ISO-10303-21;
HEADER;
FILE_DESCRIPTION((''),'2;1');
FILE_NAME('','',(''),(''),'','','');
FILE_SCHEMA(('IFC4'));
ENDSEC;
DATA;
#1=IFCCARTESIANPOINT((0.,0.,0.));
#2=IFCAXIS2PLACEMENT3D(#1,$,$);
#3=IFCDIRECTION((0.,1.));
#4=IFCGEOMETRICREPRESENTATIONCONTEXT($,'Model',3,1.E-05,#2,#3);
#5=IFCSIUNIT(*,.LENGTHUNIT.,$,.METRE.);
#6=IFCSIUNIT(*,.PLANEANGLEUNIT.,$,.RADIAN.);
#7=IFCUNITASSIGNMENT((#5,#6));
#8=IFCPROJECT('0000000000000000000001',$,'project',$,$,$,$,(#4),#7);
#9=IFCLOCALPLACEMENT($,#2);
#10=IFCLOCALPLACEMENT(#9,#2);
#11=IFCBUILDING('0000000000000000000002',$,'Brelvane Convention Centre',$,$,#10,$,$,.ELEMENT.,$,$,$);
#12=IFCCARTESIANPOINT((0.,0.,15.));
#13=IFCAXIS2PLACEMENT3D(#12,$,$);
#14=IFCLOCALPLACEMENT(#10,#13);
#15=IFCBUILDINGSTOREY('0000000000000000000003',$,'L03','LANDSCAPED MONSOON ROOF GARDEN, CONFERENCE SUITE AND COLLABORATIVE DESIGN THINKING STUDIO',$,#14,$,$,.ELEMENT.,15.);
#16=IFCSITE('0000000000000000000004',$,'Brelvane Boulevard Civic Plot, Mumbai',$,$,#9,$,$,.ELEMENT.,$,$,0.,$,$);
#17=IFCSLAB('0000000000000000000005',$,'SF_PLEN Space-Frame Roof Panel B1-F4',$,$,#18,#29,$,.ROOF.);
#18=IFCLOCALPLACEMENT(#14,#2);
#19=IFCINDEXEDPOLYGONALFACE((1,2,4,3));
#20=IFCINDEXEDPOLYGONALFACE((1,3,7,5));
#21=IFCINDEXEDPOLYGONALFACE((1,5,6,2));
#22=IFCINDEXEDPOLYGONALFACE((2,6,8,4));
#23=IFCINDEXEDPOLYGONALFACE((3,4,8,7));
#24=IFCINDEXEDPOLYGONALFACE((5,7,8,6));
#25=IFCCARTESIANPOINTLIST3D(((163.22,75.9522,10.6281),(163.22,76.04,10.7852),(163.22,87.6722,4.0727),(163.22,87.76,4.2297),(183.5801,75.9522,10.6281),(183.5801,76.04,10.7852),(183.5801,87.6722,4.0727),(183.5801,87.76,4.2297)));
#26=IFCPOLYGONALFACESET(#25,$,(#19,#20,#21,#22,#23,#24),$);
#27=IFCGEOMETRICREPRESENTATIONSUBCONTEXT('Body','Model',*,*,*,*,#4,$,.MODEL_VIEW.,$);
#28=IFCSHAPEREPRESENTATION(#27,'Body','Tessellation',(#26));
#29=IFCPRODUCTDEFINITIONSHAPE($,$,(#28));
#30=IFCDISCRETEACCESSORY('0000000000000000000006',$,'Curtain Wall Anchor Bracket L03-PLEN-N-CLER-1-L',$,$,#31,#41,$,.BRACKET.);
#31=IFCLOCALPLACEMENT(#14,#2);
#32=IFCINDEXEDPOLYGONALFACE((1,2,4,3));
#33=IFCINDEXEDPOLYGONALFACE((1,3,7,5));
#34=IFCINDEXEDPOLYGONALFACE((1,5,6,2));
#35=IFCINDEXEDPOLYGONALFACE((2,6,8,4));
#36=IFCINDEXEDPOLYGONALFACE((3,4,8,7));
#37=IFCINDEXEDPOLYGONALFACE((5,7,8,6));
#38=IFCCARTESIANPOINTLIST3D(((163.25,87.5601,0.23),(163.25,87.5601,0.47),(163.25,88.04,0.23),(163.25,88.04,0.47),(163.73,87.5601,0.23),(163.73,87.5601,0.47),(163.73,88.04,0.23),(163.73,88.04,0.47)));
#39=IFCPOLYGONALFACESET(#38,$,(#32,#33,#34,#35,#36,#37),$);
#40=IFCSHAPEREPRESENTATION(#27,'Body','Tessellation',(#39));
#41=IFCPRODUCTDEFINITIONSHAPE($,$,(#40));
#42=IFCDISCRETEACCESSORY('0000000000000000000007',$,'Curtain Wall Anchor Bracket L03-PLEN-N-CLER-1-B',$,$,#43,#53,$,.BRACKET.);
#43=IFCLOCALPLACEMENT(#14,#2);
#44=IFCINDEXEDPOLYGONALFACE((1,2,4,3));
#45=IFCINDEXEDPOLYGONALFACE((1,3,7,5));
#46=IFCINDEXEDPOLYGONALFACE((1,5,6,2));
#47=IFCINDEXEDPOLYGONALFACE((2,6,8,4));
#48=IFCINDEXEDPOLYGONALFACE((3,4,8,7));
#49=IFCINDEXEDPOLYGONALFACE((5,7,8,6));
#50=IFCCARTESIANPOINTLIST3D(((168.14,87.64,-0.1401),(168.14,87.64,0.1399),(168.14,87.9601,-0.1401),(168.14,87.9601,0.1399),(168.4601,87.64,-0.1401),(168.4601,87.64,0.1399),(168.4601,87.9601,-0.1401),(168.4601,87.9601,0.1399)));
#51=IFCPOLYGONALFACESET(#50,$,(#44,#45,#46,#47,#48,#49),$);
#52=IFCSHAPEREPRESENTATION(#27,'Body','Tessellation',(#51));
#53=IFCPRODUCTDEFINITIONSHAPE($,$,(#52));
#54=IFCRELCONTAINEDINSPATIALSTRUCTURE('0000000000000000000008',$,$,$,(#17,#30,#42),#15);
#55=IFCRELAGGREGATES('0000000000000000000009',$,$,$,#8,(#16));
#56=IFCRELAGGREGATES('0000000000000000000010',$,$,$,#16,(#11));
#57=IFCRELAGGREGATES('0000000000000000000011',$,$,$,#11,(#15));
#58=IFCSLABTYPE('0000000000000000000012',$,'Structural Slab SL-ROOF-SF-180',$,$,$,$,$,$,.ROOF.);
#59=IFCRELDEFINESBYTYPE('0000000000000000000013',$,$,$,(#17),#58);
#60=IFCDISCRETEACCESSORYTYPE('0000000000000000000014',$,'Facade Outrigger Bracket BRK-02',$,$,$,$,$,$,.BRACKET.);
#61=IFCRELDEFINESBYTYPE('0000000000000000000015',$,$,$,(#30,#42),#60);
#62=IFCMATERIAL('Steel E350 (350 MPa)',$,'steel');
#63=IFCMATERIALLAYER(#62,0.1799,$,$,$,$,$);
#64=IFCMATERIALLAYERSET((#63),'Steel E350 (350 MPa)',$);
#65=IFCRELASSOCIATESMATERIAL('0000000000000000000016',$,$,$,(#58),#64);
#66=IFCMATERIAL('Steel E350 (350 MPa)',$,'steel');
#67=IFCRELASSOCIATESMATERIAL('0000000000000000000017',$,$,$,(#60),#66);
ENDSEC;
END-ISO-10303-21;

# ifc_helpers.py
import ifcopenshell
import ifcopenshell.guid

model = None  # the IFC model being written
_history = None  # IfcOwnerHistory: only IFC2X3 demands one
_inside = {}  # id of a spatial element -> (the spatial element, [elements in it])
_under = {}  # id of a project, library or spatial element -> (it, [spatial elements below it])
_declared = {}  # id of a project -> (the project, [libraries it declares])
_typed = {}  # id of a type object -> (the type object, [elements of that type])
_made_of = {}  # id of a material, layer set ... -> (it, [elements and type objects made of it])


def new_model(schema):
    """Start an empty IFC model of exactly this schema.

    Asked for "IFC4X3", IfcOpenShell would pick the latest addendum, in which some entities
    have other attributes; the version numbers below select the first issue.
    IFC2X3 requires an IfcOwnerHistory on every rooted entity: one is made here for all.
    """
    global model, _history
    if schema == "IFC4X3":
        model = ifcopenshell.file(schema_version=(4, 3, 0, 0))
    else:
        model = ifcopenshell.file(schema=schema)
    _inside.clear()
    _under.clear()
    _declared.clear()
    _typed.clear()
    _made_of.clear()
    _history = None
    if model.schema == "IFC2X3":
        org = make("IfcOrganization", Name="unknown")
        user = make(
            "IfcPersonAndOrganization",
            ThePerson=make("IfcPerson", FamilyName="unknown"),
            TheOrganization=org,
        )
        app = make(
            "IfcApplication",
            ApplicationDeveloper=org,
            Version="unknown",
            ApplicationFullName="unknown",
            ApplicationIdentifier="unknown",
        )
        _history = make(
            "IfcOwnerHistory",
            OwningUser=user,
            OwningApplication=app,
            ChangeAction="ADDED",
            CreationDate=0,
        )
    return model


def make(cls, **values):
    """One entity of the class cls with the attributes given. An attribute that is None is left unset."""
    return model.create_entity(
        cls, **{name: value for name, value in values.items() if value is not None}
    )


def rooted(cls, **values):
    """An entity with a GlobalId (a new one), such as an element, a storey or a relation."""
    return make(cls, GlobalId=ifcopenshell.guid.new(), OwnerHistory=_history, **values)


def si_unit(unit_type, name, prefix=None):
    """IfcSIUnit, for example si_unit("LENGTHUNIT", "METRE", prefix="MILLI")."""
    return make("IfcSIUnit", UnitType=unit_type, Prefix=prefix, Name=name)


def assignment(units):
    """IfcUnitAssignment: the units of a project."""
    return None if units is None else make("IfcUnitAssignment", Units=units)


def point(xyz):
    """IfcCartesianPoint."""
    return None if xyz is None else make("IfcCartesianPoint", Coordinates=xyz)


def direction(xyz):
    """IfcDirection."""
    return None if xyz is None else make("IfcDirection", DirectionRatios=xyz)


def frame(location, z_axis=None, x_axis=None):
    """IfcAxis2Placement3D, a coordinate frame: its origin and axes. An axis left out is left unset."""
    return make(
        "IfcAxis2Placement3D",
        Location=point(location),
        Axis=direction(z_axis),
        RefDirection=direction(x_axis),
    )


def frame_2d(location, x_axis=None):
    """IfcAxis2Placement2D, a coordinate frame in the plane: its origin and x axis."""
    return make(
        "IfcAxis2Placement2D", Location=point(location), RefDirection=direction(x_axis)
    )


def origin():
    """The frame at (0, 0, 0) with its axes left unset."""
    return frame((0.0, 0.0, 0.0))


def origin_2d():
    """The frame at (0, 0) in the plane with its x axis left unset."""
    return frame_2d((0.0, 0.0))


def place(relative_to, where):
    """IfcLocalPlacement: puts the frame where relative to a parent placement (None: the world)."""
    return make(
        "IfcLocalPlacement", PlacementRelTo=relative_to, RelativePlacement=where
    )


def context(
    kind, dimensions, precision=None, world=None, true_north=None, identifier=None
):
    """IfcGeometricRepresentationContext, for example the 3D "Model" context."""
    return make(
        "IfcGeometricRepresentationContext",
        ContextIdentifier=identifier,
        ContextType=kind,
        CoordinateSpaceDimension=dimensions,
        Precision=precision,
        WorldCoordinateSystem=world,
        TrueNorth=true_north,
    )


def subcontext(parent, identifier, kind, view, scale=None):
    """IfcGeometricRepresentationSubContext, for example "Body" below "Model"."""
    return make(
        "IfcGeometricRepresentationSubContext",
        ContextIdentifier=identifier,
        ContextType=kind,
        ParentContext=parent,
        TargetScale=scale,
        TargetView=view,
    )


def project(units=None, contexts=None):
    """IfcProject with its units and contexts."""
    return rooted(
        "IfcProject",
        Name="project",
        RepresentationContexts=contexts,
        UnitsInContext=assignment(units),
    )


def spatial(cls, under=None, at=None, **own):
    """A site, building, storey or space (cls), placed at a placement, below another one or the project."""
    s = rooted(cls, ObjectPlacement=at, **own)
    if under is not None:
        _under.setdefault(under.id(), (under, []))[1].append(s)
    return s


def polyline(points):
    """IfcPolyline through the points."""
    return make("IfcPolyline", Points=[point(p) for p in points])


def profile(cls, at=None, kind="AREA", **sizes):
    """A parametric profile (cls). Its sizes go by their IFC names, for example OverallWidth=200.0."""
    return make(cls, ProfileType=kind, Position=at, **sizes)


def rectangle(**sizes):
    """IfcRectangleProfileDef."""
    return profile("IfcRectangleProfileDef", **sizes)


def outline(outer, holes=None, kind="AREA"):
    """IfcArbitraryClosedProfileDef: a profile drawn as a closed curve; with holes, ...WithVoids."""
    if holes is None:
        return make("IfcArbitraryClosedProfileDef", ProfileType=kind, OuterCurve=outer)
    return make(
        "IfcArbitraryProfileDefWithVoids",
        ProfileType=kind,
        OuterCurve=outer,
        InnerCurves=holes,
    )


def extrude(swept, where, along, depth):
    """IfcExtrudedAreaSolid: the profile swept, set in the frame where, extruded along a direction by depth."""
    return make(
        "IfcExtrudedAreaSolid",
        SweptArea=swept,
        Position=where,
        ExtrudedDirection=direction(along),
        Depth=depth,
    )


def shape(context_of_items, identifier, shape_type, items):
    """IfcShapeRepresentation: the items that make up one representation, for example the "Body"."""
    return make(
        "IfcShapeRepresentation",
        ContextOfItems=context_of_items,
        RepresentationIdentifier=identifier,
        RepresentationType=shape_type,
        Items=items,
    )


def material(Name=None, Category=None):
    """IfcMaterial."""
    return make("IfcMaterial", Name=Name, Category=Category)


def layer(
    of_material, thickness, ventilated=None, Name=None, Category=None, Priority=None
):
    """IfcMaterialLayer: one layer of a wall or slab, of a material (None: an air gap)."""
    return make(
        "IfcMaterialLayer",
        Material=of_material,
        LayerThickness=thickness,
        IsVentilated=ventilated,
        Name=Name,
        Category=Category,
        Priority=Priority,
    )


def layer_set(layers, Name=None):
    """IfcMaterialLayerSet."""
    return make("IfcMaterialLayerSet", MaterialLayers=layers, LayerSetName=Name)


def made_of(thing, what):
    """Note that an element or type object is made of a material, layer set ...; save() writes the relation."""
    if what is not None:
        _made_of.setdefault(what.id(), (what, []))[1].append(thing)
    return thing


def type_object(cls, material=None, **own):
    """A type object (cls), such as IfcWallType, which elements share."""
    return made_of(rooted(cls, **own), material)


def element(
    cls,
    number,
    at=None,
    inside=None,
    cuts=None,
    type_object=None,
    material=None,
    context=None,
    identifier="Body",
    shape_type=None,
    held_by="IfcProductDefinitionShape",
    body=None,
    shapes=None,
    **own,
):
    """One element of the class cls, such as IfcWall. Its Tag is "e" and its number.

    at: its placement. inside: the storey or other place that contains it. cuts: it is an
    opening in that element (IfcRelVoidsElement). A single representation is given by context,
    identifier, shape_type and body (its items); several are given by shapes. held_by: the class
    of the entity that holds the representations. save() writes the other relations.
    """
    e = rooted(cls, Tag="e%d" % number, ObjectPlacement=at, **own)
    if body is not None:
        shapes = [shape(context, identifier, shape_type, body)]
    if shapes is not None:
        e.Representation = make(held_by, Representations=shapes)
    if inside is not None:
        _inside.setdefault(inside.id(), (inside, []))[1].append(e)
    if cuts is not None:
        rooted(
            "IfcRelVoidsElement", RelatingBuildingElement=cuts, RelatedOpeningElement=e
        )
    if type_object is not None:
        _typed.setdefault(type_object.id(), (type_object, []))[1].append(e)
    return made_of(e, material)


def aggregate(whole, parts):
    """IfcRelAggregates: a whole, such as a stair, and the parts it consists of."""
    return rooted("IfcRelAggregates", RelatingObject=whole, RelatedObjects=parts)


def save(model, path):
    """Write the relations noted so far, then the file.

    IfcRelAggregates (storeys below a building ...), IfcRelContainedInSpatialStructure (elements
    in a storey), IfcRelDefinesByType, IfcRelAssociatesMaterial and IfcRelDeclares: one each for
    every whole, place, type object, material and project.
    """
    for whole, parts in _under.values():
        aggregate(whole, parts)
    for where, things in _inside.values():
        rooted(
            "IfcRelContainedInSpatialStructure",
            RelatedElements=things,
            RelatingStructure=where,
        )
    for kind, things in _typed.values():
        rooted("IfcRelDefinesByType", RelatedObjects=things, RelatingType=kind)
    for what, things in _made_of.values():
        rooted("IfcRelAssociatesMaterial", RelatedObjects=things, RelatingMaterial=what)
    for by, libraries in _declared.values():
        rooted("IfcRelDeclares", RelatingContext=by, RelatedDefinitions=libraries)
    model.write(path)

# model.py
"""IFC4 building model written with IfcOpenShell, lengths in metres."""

from ifc_helpers import new_model, si_unit, direction, frame, origin, origin_2d, place, context, subcontext, project, spatial, polyline, rectangle, outline, extrude, material, layer, layer_set, type_object, element, save


model = new_model("IFC4")

# Units and contexts
model_context = context("Model", 3, precision=1e-05, world=origin(), true_north=direction((0.0, 1.0)))
body_context = subcontext(model_context, "Body", "Model", "MODEL_VIEW")
ifc_project = project(units=[si_unit("LENGTHUNIT", "METRE"), si_unit("PLANEANGLEUNIT", "RADIAN")], contexts=[model_context])

# Site, building, storey
site_placement = place(None, origin())
site = spatial("IfcSite", under=ifc_project, at=site_placement, Name="Brelvane Boulevard Civic Plot, Mumbai", CompositionType="ELEMENT", RefElevation=0.0)
building_placement = place(site_placement, origin())
building = spatial("IfcBuilding", under=site, at=building_placement, Name="Brelvane Convention Centre", CompositionType="ELEMENT")
storey_placement = place(building_placement, frame((0.0, 0.0, 15.0)))
storey = spatial("IfcBuildingStorey", under=building, at=storey_placement, Name="L03", Description="LANDSCAPED MONSOON ROOF GARDEN, CONFERENCE SUITE AND COLLABORATIVE DESIGN THINKING STUDIO", CompositionType="ELEMENT", Elevation=15.0)

# Slab
ifc_material_1 = material(Name="Steel E350 (350 MPa)", Category="steel")
ifc_layer_1 = layer(ifc_material_1, 0.1799)
ifc_layer_set_1 = layer_set([ifc_layer_1], Name="Steel E350 (350 MPa)")
slab_type = type_object("IfcSlabType", Name="Structural Slab SL-ROOF-SF-180", PredefinedType="ROOF", material=ifc_layer_set_1)
slab_placement = place(storey_placement, frame((163.22, 76.04, 10.7852), z_axis=(0.0, 0.488163, 0.872752), x_axis=(1.0, 0.0, 0.0)))
element("IfcSlab", 1, at=slab_placement, inside=storey, type_object=slab_type, Name="SF_PLEN Space-Frame Roof Panel B1-F4", PredefinedType="ROOF", context=body_context, shape_type="SweptSolid", body=[
    extrude(outline(polyline([(0.0, 0.0), (20.3601, 0.0), (20.3601, 13.4287), (0.0, 13.4287), (0.0, 0.0)])), origin(), (0.0, 0.0, -1.0), 0.1799),
])

# Discrete accessories
ifc_material_2 = material(Name="Steel E350 (350 MPa)", Category="steel")
discrete_accessory_type = type_object("IfcDiscreteAccessoryType", Name="Facade Outrigger Bracket BRK-02", PredefinedType="BRACKET", material=ifc_material_2)
discrete_accessory_1_placement = place(storey_placement, frame((163.49, 87.8, 0.23), z_axis=(0.0, 0.0, 1.0), x_axis=(1.0, 0.0, 0.0)))
element("IfcDiscreteAccessory", 2, at=discrete_accessory_1_placement, inside=storey, type_object=discrete_accessory_type, Name="Curtain Wall Anchor Bracket L03-PLEN-N-CLER-1-L", PredefinedType="BRACKET", context=body_context, shape_type="SweptSolid", body=[
    extrude(rectangle(XDim=0.48, YDim=0.48, at=origin_2d()), origin(), (0.0, 0.0, 1.0), 0.24),
])
discrete_accessory_2_placement = place(storey_placement, frame((168.3, 87.8, -0.1401), z_axis=(0.0, 0.0, 1.0), x_axis=(1.0, 0.0, 0.0)))
element("IfcDiscreteAccessory", 3, at=discrete_accessory_2_placement, inside=storey, type_object=discrete_accessory_type, Name="Curtain Wall Anchor Bracket L03-PLEN-N-CLER-1-B", PredefinedType="BRACKET", context=body_context, shape_type="SweptSolid", body=[
    extrude(rectangle(XDim=0.3201, YDim=0.3201, at=origin_2d()), origin(), (0.0, 0.0, 1.0), 0.28),
])

save(model, "model.ifc")
